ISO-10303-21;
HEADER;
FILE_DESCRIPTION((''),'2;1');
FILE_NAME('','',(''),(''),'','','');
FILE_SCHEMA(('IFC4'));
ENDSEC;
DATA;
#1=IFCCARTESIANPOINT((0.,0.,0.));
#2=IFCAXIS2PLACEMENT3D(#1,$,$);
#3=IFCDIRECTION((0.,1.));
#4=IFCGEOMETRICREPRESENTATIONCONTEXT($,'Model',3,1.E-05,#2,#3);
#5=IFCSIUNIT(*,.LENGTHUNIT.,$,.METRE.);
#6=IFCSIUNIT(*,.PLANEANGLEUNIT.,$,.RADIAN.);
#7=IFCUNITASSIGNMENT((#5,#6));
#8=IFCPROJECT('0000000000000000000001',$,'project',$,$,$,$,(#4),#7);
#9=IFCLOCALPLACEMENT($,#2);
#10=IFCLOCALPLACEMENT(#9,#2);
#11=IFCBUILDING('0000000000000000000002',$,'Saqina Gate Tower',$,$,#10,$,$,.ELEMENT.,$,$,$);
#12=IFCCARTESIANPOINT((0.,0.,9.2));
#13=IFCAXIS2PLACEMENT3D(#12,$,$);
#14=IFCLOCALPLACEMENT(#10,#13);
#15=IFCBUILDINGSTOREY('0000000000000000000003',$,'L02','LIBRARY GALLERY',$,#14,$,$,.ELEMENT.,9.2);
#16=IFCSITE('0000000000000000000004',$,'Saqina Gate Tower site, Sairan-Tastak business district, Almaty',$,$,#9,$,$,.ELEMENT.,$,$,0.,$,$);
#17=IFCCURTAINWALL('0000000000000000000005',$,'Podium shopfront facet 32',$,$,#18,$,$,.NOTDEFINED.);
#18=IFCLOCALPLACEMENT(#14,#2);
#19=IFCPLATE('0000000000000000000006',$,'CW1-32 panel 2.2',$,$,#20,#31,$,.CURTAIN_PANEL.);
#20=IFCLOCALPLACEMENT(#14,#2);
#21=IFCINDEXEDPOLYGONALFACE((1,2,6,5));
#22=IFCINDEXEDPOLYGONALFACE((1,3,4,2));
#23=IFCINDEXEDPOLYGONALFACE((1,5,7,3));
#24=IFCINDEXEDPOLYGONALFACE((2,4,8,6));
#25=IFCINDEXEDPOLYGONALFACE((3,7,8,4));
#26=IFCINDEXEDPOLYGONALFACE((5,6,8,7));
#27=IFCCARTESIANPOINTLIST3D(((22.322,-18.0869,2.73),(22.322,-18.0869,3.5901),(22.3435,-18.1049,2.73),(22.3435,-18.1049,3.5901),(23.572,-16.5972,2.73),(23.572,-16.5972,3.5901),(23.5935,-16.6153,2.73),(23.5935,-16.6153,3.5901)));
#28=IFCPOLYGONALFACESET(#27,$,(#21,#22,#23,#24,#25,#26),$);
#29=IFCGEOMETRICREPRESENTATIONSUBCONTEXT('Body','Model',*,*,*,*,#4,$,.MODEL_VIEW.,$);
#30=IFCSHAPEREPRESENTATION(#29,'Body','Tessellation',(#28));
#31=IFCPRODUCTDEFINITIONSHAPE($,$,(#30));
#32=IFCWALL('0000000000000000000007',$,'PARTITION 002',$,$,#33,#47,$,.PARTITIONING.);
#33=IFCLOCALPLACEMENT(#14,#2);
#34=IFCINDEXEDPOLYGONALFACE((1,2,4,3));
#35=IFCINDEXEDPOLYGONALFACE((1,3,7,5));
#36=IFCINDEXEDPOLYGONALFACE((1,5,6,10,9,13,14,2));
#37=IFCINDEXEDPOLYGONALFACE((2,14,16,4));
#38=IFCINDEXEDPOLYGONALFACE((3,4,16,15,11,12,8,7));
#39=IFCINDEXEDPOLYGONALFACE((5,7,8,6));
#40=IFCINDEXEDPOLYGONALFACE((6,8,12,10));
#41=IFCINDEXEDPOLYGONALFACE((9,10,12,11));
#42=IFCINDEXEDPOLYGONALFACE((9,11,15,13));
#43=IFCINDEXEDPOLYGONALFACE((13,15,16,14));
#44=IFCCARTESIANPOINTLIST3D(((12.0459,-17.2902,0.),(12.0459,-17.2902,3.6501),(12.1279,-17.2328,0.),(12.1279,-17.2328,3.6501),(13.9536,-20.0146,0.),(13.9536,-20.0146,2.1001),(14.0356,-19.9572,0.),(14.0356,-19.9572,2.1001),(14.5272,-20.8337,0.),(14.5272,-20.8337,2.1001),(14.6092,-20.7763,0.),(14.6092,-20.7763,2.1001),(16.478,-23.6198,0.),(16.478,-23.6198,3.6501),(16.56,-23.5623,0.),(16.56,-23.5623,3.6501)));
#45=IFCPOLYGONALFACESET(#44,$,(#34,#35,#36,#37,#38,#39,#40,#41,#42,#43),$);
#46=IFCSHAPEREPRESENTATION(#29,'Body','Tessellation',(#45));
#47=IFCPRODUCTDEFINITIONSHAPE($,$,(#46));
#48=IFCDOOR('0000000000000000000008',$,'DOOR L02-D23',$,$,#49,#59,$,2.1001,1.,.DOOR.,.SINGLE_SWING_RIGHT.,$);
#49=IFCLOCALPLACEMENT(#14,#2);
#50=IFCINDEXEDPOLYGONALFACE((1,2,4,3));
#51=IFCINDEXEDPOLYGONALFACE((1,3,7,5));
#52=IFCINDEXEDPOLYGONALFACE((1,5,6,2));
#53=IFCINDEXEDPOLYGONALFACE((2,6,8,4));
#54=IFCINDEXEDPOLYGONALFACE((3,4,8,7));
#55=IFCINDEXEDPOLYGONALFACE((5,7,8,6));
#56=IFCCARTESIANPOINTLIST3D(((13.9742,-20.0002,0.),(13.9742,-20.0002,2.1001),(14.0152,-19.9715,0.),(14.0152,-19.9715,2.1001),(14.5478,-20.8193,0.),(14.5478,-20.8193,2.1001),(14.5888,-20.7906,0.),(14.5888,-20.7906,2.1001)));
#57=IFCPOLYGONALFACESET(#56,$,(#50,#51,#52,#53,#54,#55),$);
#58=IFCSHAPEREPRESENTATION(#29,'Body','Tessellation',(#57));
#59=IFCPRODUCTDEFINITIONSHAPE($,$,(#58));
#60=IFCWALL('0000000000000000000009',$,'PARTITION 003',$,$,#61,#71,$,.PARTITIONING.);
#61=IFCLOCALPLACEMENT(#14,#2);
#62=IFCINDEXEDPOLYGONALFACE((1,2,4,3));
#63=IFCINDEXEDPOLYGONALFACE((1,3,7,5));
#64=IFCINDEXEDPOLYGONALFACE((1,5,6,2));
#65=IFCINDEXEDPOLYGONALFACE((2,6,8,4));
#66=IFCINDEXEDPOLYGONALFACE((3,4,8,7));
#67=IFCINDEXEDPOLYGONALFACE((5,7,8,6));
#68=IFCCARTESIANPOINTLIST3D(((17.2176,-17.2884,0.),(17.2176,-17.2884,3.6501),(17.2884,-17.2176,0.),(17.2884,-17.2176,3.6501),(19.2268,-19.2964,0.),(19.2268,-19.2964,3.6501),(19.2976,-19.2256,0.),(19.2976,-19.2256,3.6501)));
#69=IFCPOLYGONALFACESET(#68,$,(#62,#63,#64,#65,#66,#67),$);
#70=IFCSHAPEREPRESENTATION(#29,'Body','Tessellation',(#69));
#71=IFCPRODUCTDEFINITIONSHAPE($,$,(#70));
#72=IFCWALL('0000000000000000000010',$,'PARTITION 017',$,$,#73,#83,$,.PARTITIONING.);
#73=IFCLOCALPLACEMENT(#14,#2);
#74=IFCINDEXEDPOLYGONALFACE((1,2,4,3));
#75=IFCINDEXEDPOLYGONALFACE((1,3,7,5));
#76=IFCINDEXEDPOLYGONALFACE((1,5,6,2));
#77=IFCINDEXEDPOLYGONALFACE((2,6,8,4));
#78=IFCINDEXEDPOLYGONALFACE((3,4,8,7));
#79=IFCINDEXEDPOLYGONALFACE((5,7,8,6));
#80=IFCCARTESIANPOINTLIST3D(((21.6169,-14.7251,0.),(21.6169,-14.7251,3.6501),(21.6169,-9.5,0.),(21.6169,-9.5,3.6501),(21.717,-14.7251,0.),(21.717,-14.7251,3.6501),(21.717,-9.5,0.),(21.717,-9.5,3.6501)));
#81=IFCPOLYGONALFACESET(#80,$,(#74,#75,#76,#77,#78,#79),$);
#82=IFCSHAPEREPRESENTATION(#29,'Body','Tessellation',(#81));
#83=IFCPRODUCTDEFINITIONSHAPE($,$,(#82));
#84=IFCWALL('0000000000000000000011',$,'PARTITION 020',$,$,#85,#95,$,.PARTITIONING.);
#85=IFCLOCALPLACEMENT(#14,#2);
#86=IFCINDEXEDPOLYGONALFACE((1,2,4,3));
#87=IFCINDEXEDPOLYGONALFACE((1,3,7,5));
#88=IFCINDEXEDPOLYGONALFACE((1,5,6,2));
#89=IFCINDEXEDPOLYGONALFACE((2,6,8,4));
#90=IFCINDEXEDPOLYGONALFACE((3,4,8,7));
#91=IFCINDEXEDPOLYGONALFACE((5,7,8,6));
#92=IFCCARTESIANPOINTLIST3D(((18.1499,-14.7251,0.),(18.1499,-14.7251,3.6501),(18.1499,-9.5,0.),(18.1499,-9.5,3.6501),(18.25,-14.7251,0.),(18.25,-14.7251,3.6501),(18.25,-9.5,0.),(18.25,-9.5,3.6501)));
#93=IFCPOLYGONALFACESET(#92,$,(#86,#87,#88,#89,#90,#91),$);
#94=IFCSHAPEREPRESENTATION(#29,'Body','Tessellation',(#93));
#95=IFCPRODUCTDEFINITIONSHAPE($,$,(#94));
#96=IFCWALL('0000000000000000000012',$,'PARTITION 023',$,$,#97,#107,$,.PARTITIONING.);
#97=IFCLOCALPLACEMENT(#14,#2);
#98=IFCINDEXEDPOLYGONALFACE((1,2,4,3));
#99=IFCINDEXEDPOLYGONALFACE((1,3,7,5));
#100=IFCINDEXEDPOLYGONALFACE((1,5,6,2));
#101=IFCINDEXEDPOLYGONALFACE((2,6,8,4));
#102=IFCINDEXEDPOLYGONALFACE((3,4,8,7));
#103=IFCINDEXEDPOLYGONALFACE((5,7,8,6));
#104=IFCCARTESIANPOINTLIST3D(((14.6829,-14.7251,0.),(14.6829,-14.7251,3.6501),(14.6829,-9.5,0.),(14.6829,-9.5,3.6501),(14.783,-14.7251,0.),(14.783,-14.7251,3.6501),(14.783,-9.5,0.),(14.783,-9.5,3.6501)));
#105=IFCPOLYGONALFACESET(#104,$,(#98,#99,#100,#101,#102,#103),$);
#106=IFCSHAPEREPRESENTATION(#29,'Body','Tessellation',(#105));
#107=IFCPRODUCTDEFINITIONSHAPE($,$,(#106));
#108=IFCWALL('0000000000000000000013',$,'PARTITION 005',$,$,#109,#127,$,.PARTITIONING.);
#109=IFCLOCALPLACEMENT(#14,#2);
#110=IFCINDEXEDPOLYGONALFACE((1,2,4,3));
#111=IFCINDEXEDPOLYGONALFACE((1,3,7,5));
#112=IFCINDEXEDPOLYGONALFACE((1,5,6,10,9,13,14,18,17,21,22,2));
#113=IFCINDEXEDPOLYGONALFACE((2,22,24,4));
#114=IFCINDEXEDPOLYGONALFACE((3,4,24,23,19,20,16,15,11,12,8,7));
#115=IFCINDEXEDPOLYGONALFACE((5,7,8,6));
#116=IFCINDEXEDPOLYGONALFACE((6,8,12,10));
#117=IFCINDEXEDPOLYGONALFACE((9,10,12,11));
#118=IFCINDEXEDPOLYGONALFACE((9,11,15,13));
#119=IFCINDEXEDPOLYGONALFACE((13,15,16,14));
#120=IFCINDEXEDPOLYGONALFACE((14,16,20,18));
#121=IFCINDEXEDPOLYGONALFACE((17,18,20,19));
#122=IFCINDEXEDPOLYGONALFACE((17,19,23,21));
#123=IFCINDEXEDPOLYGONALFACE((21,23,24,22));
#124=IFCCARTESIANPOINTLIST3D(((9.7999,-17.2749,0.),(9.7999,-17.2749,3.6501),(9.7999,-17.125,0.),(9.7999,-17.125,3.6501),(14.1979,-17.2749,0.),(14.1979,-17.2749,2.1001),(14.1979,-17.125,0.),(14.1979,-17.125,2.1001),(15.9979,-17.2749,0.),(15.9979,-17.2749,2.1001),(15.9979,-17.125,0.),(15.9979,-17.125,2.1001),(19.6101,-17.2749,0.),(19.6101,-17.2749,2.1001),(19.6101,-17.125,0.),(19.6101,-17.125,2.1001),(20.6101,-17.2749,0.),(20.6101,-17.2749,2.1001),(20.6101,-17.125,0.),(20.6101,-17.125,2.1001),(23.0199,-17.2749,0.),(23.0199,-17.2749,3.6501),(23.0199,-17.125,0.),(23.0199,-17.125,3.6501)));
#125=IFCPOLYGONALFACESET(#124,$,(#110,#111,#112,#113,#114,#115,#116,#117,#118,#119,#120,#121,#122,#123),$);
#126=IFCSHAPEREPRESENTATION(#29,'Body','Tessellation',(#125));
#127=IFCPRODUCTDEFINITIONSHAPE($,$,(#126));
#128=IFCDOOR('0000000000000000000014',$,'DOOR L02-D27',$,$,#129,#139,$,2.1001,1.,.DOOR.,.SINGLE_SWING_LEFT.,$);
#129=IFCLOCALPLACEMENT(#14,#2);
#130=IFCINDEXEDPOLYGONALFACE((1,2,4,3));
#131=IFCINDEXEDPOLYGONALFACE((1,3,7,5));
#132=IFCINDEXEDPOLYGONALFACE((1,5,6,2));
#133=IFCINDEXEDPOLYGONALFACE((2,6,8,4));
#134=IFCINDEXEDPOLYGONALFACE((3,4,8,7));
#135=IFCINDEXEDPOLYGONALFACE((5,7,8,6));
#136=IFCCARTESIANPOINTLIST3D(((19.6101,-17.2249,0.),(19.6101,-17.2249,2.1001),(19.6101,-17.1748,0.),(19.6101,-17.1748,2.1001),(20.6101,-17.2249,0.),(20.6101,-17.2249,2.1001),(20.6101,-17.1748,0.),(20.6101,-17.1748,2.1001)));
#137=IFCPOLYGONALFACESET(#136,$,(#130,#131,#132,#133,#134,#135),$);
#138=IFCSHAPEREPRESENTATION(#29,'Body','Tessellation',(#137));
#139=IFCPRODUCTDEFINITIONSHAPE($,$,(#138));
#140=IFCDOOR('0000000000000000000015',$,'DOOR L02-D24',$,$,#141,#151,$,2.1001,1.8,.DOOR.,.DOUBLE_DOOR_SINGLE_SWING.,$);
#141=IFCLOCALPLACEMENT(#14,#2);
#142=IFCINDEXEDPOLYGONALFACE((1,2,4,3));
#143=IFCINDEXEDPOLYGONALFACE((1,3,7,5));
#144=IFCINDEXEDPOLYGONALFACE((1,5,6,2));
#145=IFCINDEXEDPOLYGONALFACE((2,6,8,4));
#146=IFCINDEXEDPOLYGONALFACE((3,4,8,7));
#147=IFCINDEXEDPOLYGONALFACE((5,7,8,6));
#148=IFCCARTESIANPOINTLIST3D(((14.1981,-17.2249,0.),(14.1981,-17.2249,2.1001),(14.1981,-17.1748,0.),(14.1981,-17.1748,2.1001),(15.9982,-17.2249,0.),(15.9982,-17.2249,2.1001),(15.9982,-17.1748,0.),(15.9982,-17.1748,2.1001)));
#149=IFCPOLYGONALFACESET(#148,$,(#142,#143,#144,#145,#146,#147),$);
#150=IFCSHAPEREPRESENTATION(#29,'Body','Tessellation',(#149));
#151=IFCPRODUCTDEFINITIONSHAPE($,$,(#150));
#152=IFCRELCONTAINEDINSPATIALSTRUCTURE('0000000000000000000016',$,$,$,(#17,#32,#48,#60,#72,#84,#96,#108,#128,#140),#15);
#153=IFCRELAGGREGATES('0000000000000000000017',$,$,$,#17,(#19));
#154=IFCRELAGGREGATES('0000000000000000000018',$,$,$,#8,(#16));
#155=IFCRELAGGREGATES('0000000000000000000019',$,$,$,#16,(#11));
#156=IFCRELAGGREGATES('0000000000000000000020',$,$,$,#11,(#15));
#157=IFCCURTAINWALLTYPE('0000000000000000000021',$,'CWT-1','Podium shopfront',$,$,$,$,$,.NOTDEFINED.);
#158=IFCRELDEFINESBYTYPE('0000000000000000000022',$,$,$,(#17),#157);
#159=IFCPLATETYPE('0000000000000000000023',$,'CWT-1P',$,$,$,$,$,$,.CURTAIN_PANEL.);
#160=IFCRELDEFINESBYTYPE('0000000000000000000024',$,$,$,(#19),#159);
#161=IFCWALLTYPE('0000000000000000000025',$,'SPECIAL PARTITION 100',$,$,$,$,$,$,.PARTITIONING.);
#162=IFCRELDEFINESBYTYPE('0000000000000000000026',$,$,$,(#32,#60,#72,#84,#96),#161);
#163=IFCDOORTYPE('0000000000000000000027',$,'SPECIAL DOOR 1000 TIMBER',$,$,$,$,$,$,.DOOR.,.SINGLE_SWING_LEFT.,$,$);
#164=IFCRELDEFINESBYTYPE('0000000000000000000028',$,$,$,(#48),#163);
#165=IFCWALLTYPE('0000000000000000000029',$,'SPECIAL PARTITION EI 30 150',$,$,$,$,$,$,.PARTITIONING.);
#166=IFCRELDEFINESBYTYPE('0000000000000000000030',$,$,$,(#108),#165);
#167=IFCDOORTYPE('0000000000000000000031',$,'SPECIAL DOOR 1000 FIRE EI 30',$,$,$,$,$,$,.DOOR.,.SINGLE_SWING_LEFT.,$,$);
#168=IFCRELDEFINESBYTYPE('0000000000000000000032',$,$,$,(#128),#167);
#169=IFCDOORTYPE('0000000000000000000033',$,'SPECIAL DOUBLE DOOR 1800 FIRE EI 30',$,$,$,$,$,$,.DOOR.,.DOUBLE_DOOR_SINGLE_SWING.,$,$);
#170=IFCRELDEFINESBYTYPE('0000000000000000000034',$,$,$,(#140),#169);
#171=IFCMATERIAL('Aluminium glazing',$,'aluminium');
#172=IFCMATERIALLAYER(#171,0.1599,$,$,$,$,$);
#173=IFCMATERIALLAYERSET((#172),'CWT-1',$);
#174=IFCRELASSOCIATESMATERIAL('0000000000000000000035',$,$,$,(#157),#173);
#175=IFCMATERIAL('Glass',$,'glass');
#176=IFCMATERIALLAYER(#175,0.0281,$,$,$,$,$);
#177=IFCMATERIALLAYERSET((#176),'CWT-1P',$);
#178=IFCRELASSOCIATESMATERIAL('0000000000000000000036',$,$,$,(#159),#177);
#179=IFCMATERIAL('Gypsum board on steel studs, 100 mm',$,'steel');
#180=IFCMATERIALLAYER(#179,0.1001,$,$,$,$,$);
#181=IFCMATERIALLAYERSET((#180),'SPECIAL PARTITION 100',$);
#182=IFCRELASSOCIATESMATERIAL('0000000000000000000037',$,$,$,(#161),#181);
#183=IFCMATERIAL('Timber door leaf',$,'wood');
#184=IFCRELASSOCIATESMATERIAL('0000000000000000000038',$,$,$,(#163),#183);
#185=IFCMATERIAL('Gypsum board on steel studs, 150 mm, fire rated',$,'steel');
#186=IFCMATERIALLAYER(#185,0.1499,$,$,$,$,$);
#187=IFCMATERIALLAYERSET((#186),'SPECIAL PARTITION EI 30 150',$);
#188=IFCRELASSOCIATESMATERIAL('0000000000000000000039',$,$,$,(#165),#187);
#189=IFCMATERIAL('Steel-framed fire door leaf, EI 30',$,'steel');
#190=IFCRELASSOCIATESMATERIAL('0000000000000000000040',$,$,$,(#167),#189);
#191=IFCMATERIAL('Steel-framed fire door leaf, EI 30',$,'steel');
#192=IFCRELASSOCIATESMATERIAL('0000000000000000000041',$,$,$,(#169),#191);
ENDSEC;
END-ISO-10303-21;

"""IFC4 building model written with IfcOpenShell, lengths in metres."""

from ifc_helpers import new_model, si_unit, direction, frame, frame_2d, origin, origin_2d, place, context, subcontext, project, spatial, rectangle, extrude, material, layer, layer_set, type_object, element, fill, aggregate, save


model = new_model("IFC4")

# Units and contexts
model_context = context("Model", 3, precision=1e-05, world=origin(), true_north=direction((0.0, 1.0)))
body_context = subcontext(model_context, "Body", "Model", "MODEL_VIEW")
ifc_project = project(units=[si_unit("LENGTHUNIT", "METRE"), si_unit("PLANEANGLEUNIT", "RADIAN")], contexts=[model_context])

# Site, building, storey
site_placement = place(None, origin())
site = spatial("IfcSite", under=ifc_project, at=site_placement, Name="Saqina Gate Tower site, Sairan-Tastak business district, Almaty", CompositionType="ELEMENT", RefElevation=0.0)
building_placement = place(site_placement, origin())
building = spatial("IfcBuilding", under=site, at=building_placement, Name="Saqina Gate Tower", CompositionType="ELEMENT")
storey_placement = place(building_placement, frame((0.0, 0.0, 9.2)))
storey = spatial("IfcBuildingStorey", under=building, at=storey_placement, Name="L02", Description="LIBRARY GALLERY", CompositionType="ELEMENT", Elevation=9.2)

# Curtain wall, plate
ifc_material_1 = material(Name="Aluminium glazing", Category="aluminium")
ifc_layer_1 = layer(ifc_material_1, 0.1599)
ifc_layer_set_1 = layer_set([ifc_layer_1], Name="CWT-1")
curtain_wall_type = type_object("IfcCurtainWallType", Name="CWT-1", Description="Podium shopfront", PredefinedType="NOTDEFINED", material=ifc_layer_set_1)
curtain_wall_placement = place(storey_placement, origin())
curtain_wall = element("IfcCurtainWall", 1, at=curtain_wall_placement, inside=storey, type_object=curtain_wall_type, Name="Podium shopfront facet 32", PredefinedType="NOTDEFINED")
ifc_material_2 = material(Name="Glass", Category="glass")
ifc_layer_2 = layer(ifc_material_2, 0.0281)
ifc_layer_set_2 = layer_set([ifc_layer_2], Name="CWT-1P")
plate_type = type_object("IfcPlateType", Name="CWT-1P", PredefinedType="CURTAIN_PANEL", material=ifc_layer_set_2)
plate_placement = place(storey_placement, frame((22.9578, -17.3511, 2.73), z_axis=(0.0, 0.0, 1.0), x_axis=(0.642779, 0.766051, 0.0)))
plate = element("IfcPlate", 2, at=plate_placement, type_object=plate_type, Name="CW1-32 panel 2.2", PredefinedType="CURTAIN_PANEL", context=body_context, shape_type="SweptSolid", body=[
    extrude(rectangle(XDim=1.9446, YDim=0.0281, at=origin_2d()), origin(), (0.0, 0.0, 1.0), 0.8601),
])
aggregate(curtain_wall, [plate])

# Wall, opening, door
ifc_material_3 = material(Name="Gypsum board on steel studs, 100 mm", Category="steel")
ifc_layer_3 = layer(ifc_material_3, 0.1001)
ifc_layer_set_3 = layer_set([ifc_layer_3], Name="SPECIAL PARTITION 100")
wall_type_1 = type_object("IfcWallType", Name="SPECIAL PARTITION 100", PredefinedType="PARTITIONING", material=ifc_layer_set_3)
wall_1_placement = place(storey_placement, frame((12.0869, -17.2615, 0.0), z_axis=(0.0, 0.0, 1.0), x_axis=(0.573585, -0.819146, 0.0)))
wall_1 = element("IfcWall", 3, at=wall_1_placement, inside=storey, type_object=wall_type_1, Name="PARTITION 002", PredefinedType="PARTITIONING", context=body_context, shape_type="SweptSolid", body=[
    extrude(rectangle(XDim=7.7271, YDim=0.1001, at=frame_2d((3.8635, 0.0))), origin(), (0.0, 0.0, 1.0), 3.6501),
])
opening_1_placement = place(wall_1_placement, frame((3.3259, 0.0, 0.0)))
opening_1 = element("IfcOpeningElement", 4, at=opening_1_placement, cuts=wall_1, PredefinedType="OPENING", context=body_context, shape_type="SweptSolid", body=[
    extrude(rectangle(XDim=1.0, YDim=2.1001, at=frame_2d((0.5, 1.05))), frame((0.0, 0.062, 0.0), z_axis=(0.0, -1.0, 0.0), x_axis=(1.0, 0.0, 0.0)), (0.0, 0.0, 1.0), 0.124),
])
ifc_material_4 = material(Name="Timber door leaf", Category="wood")
door_type_1 = type_object("IfcDoorType", Name="SPECIAL DOOR 1000 TIMBER", OperationType="SINGLE_SWING_LEFT", PredefinedType="DOOR", material=ifc_material_4)
door_1_placement = place(opening_1_placement, frame((1.0, 0.0, 0.0), z_axis=(0.0, 0.0, 1.0), x_axis=(-1.0, 0.0, 0.0)))
door_1 = element("IfcDoor", 5, at=door_1_placement, inside=storey, type_object=door_type_1, Name="DOOR L02-D23", OperationType="SINGLE_SWING_RIGHT", OverallHeight=2.1001, OverallWidth=1.0, PredefinedType="DOOR", context=body_context, shape_type="SweptSolid", body=[
    extrude(rectangle(XDim=1.0, YDim=2.1001, at=frame_2d((0.5, 1.05))), frame((0.0, 0.0249, 0.0), z_axis=(0.0, -1.0, 0.0), x_axis=(1.0, 0.0, 0.0)), (0.0, 0.0, 1.0), 0.05),
])
fill(opening_1, door_1)

# Walls
wall_2_placement = place(storey_placement, frame((17.2529, -17.2529, 0.0), z_axis=(0.0, 0.0, 1.0), x_axis=(0.707322, -0.706892, 0.0)))
element("IfcWall", 6, at=wall_2_placement, inside=storey, type_object=wall_type_1, Name="PARTITION 003", PredefinedType="PARTITIONING", context=body_context, shape_type="SweptSolid", body=[
    extrude(rectangle(XDim=2.8406, YDim=0.1001, at=frame_2d((1.4204, 0.0))), origin(), (0.0, 0.0, 1.0), 3.6501),
])
for number, where, z_axis, x_axis, name in (
    (7, (21.667, -14.7251, 0.0), (0.0, 0.0, 1.0), (0.0, 1.0, 0.0), "PARTITION 017"),
    (8, (18.2, -14.7251, 0.0), (0.0, 0.0, 1.0), (0.0, 1.0, 0.0), "PARTITION 020"),
    (9, (14.7329, -14.7251, 0.0), (0.0, 0.0, 1.0), (0.0, 1.0, 0.0), "PARTITION 023"),
):
    element("IfcWall", number, at=place(storey_placement, frame(where, z_axis=z_axis, x_axis=x_axis)), inside=storey, type_object=wall_type_1, Name=name, PredefinedType="PARTITIONING", context=body_context, shape_type="SweptSolid", body=[
        extrude(rectangle(XDim=5.2251, YDim=0.1001, at=frame_2d((2.6125, 0.0))), origin(), (0.0, 0.0, 1.0), 3.6501),
    ])

# Wall, openings, doors
ifc_material_5 = material(Name="Gypsum board on steel studs, 150 mm, fire rated", Category="steel")
ifc_layer_4 = layer(ifc_material_5, 0.1499)
ifc_layer_set_4 = layer_set([ifc_layer_4], Name="SPECIAL PARTITION EI 30 150")
wall_type_2 = type_object("IfcWallType", Name="SPECIAL PARTITION EI 30 150", PredefinedType="PARTITIONING", material=ifc_layer_set_4)
wall_3_placement = place(storey_placement, frame((9.8, -17.2, 0.0), z_axis=(0.0, 0.0, 1.0), x_axis=(1.0, 0.0, 0.0)))
wall_3 = element("IfcWall", 10, at=wall_3_placement, inside=storey, type_object=wall_type_2, Name="PARTITION 005", PredefinedType="PARTITIONING", context=body_context, shape_type="SweptSolid", body=[
    extrude(rectangle(XDim=13.22, YDim=0.1499, at=frame_2d((6.6099, 0.0))), origin(), (0.0, 0.0, 1.0), 3.6501),
])
opening_2_placement = place(wall_3_placement, frame((4.3979, 0.0, 0.0)))
opening_2 = element("IfcOpeningElement", 11, at=opening_2_placement, cuts=wall_3, PredefinedType="OPENING", context=body_context, shape_type="SweptSolid", body=[
    extrude(rectangle(XDim=1.8, YDim=2.1001, at=frame_2d((0.8999, 1.05))), frame((0.0, 0.0869, 0.0), z_axis=(0.0, -1.0, 0.0), x_axis=(1.0, 0.0, 0.0)), (0.0, 0.0, 1.0), 0.1738),
])
opening_3_placement = place(wall_3_placement, frame((9.8101, 0.0, 0.0)))
opening_3 = element("IfcOpeningElement", 12, at=opening_3_placement, cuts=wall_3, PredefinedType="OPENING", context=body_context, shape_type="SweptSolid", body=[
    extrude(rectangle(XDim=1.0, YDim=2.1001, at=frame_2d((0.5, 1.05))), frame((0.0, 0.0869, 0.0), z_axis=(0.0, -1.0, 0.0), x_axis=(1.0, 0.0, 0.0)), (0.0, 0.0, 1.0), 0.1738),
])
ifc_material_6 = material(Name="Steel-framed fire door leaf, EI 30", Category="steel")
door_type_2 = type_object("IfcDoorType", Name="SPECIAL DOOR 1000 FIRE EI 30", OperationType="SINGLE_SWING_LEFT", PredefinedType="DOOR", material=ifc_material_6)
door_2_placement = place(opening_3_placement, frame((1.0, 0.0, 0.0), z_axis=(0.0, 0.0, 1.0), x_axis=(-1.0, 0.0, 0.0)))
door_2 = element("IfcDoor", 13, at=door_2_placement, inside=storey, type_object=door_type_2, Name="DOOR L02-D27", OperationType="SINGLE_SWING_LEFT", OverallHeight=2.1001, OverallWidth=1.0, PredefinedType="DOOR", context=body_context, shape_type="SweptSolid", body=[
    extrude(rectangle(XDim=1.0, YDim=2.1001, at=frame_2d((0.5, 1.05))), frame((0.0, 0.0249, 0.0), z_axis=(0.0, -1.0, 0.0), x_axis=(1.0, 0.0, 0.0)), (0.0, 0.0, 1.0), 0.05),
])
fill(opening_3, door_2)
ifc_material_7 = material(Name="Steel-framed fire door leaf, EI 30", Category="steel")
door_type_3 = type_object("IfcDoorType", Name="SPECIAL DOUBLE DOOR 1800 FIRE EI 30", OperationType="DOUBLE_DOOR_SINGLE_SWING", PredefinedType="DOOR", material=ifc_material_7)
door_3_placement = place(opening_2_placement, frame((1.8, 0.0, 0.0), z_axis=(0.0, 0.0, 1.0), x_axis=(-1.0, 0.0, 0.0)))
door_3 = element("IfcDoor", 14, at=door_3_placement, inside=storey, type_object=door_type_3, Name="DOOR L02-D24", OperationType="DOUBLE_DOOR_SINGLE_SWING", OverallHeight=2.1001, OverallWidth=1.8, PredefinedType="DOOR", context=body_context, shape_type="SweptSolid", body=[
    extrude(rectangle(XDim=1.8, YDim=2.1001, at=frame_2d((0.8999, 1.05))), frame((0.0, 0.0249, 0.0), z_axis=(0.0, -1.0, 0.0), x_axis=(1.0, 0.0, 0.0)), (0.0, 0.0, 1.0), 0.05),
])
fill(opening_2, door_3)

save(model, "model.ifc")
